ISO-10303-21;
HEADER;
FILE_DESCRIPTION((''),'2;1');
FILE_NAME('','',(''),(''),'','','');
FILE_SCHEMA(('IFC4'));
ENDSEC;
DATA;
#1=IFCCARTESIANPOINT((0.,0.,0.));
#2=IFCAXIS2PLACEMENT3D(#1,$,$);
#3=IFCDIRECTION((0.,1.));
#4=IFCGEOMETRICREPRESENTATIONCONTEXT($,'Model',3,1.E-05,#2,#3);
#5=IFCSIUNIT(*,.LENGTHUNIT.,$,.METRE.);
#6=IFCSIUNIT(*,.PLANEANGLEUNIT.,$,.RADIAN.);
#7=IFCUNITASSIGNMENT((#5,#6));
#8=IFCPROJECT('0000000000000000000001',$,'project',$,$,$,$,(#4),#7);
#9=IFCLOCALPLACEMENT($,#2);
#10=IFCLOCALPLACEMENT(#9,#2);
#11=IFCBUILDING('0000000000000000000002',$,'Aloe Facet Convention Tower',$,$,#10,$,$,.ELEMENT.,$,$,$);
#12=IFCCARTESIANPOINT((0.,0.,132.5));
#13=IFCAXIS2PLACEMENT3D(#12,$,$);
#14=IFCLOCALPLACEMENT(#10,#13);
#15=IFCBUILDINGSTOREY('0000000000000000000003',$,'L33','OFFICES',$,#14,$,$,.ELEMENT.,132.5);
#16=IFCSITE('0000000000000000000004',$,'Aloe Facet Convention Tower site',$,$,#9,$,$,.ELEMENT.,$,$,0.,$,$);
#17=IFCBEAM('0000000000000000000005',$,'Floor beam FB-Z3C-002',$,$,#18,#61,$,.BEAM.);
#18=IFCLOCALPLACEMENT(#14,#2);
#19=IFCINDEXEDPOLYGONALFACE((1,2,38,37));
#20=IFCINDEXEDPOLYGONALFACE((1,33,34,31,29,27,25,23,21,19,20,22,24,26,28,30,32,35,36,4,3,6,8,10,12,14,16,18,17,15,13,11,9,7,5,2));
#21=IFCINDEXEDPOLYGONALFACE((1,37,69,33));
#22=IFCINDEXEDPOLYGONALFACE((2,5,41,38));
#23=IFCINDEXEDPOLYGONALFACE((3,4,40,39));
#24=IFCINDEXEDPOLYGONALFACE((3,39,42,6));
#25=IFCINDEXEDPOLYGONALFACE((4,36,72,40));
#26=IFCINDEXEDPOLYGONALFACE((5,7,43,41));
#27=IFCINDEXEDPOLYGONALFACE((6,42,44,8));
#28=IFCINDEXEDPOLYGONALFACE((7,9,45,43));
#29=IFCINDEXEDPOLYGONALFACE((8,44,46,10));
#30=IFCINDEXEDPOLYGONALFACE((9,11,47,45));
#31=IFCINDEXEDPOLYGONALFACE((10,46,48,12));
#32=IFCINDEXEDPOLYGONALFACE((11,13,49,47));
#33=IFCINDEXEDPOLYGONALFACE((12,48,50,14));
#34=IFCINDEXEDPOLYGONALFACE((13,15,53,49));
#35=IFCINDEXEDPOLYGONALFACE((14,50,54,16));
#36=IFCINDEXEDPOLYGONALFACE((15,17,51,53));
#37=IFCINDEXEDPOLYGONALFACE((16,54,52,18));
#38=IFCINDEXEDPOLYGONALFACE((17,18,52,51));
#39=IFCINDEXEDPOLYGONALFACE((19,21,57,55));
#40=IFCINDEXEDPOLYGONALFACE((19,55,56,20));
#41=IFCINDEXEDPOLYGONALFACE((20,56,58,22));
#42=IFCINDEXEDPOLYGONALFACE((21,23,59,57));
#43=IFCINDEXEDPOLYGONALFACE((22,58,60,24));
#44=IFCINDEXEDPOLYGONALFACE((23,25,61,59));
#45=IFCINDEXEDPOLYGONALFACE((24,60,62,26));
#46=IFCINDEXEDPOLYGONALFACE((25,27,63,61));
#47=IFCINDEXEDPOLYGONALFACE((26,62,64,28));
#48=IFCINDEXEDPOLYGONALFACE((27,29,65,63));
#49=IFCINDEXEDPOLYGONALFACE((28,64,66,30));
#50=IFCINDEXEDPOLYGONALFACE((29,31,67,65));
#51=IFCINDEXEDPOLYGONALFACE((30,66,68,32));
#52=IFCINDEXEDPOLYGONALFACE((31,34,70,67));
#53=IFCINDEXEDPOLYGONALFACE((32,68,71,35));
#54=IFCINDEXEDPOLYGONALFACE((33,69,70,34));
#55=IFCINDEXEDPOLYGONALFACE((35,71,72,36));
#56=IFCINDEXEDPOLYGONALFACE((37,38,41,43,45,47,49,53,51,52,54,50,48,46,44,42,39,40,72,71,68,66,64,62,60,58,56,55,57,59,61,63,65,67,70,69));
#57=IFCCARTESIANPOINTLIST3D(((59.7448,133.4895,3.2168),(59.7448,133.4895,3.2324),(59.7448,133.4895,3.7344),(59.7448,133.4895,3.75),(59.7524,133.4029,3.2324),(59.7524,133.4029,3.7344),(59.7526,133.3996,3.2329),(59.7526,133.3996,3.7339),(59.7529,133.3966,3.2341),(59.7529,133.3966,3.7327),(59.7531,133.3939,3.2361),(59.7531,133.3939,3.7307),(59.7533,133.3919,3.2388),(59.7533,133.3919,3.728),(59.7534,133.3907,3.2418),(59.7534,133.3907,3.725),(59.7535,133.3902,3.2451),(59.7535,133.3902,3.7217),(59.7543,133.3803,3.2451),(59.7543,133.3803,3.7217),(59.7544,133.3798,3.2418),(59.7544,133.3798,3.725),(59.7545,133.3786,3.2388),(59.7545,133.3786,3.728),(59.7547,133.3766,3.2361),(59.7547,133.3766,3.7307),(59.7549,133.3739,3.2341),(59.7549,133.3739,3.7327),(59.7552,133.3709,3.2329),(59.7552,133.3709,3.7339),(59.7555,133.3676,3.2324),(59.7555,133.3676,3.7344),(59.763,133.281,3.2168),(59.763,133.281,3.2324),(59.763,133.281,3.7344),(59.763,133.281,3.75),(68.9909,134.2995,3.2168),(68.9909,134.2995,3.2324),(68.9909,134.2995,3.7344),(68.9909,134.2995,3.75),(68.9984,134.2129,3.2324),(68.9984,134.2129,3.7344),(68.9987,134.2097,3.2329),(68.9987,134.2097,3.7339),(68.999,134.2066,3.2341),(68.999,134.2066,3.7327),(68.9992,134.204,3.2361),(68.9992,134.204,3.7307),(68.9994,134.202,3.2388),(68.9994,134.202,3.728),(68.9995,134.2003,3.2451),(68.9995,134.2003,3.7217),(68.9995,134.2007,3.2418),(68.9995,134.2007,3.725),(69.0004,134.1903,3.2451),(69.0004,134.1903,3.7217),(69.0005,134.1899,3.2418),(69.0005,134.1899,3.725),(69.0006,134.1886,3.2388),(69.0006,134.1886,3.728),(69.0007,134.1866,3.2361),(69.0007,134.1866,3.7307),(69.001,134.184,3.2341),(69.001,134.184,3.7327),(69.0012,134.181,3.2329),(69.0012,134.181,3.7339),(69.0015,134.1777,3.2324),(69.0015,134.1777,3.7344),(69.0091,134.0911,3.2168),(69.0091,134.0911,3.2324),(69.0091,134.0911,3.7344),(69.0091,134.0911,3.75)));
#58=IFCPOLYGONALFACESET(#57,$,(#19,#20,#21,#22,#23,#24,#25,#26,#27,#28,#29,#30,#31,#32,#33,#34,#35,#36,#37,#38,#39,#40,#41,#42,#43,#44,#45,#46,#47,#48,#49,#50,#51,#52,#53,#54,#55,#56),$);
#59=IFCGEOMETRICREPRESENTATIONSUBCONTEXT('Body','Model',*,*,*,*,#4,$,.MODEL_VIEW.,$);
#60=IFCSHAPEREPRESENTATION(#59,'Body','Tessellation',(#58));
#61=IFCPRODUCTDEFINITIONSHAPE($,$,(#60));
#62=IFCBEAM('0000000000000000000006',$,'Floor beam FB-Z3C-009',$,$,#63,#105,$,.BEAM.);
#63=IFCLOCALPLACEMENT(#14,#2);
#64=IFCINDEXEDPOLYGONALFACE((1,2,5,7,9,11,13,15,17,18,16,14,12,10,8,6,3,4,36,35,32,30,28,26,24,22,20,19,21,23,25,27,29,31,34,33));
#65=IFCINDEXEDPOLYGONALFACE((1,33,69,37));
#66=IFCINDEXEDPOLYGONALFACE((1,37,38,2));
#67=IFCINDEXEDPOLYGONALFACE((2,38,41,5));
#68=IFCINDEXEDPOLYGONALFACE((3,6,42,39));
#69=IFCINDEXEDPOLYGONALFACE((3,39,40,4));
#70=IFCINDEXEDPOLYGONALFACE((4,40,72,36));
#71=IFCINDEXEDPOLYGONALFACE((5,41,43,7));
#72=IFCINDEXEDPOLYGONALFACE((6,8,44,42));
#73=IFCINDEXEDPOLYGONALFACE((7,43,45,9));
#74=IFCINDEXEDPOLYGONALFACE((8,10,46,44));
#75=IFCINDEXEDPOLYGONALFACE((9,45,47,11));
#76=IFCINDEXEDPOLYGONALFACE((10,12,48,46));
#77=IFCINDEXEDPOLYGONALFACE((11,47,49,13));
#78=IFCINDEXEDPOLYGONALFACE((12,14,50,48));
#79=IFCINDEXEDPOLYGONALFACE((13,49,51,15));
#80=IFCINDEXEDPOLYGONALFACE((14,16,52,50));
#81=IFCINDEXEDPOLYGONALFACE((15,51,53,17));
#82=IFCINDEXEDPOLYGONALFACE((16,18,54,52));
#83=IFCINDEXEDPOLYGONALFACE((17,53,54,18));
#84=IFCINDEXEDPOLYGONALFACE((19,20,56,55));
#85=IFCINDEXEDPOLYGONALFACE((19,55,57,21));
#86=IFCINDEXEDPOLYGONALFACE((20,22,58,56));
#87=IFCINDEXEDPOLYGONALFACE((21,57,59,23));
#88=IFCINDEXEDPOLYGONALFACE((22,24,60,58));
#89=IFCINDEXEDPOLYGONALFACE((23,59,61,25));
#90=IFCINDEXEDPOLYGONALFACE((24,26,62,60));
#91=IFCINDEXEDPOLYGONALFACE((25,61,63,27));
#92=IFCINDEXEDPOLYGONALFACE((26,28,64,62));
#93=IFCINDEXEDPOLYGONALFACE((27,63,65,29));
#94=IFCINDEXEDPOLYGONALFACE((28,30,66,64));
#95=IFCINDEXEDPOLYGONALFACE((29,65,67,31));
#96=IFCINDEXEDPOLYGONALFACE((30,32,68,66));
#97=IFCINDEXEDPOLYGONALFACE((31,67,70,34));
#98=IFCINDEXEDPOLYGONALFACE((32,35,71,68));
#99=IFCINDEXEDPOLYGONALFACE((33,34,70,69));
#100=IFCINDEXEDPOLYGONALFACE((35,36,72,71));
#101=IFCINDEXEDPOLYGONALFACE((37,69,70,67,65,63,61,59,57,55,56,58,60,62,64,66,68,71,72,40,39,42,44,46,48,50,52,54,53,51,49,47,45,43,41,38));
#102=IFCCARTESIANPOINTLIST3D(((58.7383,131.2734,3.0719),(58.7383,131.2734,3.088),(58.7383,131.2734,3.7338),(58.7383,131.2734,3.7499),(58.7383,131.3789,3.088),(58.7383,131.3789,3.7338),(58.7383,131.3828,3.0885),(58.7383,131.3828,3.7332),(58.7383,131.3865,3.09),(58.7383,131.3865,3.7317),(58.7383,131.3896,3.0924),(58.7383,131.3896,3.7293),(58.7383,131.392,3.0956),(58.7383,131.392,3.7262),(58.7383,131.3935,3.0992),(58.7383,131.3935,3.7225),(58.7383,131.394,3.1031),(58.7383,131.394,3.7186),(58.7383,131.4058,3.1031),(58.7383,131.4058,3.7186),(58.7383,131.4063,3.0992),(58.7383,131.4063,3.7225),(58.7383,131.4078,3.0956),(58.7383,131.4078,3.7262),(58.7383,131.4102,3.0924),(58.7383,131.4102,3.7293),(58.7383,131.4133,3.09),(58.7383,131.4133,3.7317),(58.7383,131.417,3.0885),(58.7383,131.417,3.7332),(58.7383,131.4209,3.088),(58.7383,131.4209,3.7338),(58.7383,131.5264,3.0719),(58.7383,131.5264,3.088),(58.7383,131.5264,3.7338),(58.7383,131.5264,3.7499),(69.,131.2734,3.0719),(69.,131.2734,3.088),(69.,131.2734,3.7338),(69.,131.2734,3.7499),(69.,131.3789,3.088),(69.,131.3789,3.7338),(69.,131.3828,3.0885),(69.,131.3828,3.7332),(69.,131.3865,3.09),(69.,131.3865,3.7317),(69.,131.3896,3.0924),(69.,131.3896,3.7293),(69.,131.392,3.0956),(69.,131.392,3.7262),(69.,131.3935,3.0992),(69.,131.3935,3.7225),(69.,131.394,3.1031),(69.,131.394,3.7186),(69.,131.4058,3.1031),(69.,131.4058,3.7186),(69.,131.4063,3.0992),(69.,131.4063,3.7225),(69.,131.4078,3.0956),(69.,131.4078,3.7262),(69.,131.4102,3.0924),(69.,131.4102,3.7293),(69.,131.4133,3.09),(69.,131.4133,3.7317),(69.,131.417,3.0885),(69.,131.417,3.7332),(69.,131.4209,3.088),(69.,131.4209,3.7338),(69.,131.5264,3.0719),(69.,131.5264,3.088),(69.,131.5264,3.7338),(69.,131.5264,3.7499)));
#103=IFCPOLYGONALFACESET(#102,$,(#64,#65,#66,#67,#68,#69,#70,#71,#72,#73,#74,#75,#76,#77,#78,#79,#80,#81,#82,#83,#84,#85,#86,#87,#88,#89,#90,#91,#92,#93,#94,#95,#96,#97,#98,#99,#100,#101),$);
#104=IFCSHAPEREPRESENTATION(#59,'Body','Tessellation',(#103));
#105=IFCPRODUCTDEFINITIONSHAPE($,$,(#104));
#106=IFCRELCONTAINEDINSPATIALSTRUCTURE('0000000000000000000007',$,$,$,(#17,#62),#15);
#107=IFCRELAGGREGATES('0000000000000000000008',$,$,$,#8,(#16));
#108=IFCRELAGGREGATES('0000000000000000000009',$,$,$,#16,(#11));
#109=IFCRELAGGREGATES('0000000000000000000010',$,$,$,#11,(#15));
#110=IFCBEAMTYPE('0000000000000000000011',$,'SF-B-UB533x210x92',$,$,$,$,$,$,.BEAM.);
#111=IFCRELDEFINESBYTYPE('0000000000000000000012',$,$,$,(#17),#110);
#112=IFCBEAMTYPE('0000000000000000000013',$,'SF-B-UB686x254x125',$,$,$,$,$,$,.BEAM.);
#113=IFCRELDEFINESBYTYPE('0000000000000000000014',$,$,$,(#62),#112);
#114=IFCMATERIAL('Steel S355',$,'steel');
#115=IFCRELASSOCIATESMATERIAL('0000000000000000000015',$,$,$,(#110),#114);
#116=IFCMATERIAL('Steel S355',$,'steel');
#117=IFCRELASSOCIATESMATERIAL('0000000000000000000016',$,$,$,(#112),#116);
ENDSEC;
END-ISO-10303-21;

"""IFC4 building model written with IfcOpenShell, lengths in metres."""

from ifc_helpers import new_model, si_unit, direction, frame, origin, origin_2d, place, context, subcontext, project, spatial, i_section, extrude, material, material_profile, profile_set, type_object, element, save


model = new_model("IFC4")

# Units and contexts
model_context = context("Model", 3, precision=1e-05, world=origin(), true_north=direction((0.0, 1.0)))
body_context = subcontext(model_context, "Body", "Model", "MODEL_VIEW")
ifc_project = project(units=[si_unit("LENGTHUNIT", "METRE"), si_unit("PLANEANGLEUNIT", "RADIAN")], contexts=[model_context])

# Site, building, storey
site_placement = place(None, origin())
site = spatial("IfcSite", under=ifc_project, at=site_placement, Name="Aloe Facet Convention Tower site", CompositionType="ELEMENT", RefElevation=0.0)
building_placement = place(site_placement, origin())
building = spatial("IfcBuilding", under=site, at=building_placement, Name="Aloe Facet Convention Tower", CompositionType="ELEMENT")
storey_placement = place(building_placement, frame((0.0, 0.0, 132.5)))
storey = spatial("IfcBuildingStorey", under=building, at=storey_placement, Name="L33", Description="OFFICES", CompositionType="ELEMENT", Elevation=132.5)

# Beams
ifc_material_1 = material(Name="Steel S355", Category="steel")
ifc_material_profile_1 = material_profile(ifc_material_1, i_section(OverallWidth=0.2092, OverallDepth=0.5332, WebThickness=0.01, FlangeThickness=0.0156, FilletRadius=0.0127, at=origin_2d()), Name="UB 533x210x92")
ifc_profile_set_1 = profile_set([ifc_material_profile_1], Name="Steel S355")
beam_type_1 = type_object("IfcBeamType", Name="SF-B-UB533x210x92", PredefinedType="BEAM", material=ifc_profile_set_1)
beam_1_placement = place(storey_placement, frame((59.7539, 133.3853, 3.4834), z_axis=(0.996184, 0.087277, 0.0), x_axis=(-0.087277, 0.996184, 0.0)))
element("IfcBeam", 1, at=beam_1_placement, inside=storey, type_object=beam_type_1, Name="Floor beam FB-Z3C-002", PredefinedType="BEAM", context=body_context, shape_type="SweptSolid", body=[
    extrude(i_section(OverallWidth=0.2092, OverallDepth=0.5332, WebThickness=0.01, FlangeThickness=0.0156, FilletRadius=0.0127, at=origin_2d()), origin(), (0.0, 0.0, 1.0), 9.2815),
])
ifc_material_2 = material(Name="Steel S355", Category="steel")
ifc_material_profile_2 = material_profile(ifc_material_2, i_section(OverallWidth=0.2529, OverallDepth=0.678, WebThickness=0.0117, FlangeThickness=0.0161, FilletRadius=0.0151, at=origin_2d()), Name="UB 686x254x125")
ifc_profile_set_2 = profile_set([ifc_material_profile_2], Name="Steel S355")
beam_type_2 = type_object("IfcBeamType", Name="SF-B-UB686x254x125", PredefinedType="BEAM", material=ifc_profile_set_2)
beam_2_placement = place(storey_placement, frame((58.7383, 131.3999, 3.4109), z_axis=(1.0, 0.0, 0.0), x_axis=(0.0, 1.0, 0.0)))
element("IfcBeam", 2, at=beam_2_placement, inside=storey, type_object=beam_type_2, Name="Floor beam FB-Z3C-009", PredefinedType="BEAM", context=body_context, shape_type="SweptSolid", body=[
    extrude(i_section(OverallWidth=0.2529, OverallDepth=0.678, WebThickness=0.0117, FlangeThickness=0.0161, FilletRadius=0.0151, at=origin_2d()), origin(), (0.0, 0.0, 1.0), 10.2617),
])

save(model, "model.ifc")
